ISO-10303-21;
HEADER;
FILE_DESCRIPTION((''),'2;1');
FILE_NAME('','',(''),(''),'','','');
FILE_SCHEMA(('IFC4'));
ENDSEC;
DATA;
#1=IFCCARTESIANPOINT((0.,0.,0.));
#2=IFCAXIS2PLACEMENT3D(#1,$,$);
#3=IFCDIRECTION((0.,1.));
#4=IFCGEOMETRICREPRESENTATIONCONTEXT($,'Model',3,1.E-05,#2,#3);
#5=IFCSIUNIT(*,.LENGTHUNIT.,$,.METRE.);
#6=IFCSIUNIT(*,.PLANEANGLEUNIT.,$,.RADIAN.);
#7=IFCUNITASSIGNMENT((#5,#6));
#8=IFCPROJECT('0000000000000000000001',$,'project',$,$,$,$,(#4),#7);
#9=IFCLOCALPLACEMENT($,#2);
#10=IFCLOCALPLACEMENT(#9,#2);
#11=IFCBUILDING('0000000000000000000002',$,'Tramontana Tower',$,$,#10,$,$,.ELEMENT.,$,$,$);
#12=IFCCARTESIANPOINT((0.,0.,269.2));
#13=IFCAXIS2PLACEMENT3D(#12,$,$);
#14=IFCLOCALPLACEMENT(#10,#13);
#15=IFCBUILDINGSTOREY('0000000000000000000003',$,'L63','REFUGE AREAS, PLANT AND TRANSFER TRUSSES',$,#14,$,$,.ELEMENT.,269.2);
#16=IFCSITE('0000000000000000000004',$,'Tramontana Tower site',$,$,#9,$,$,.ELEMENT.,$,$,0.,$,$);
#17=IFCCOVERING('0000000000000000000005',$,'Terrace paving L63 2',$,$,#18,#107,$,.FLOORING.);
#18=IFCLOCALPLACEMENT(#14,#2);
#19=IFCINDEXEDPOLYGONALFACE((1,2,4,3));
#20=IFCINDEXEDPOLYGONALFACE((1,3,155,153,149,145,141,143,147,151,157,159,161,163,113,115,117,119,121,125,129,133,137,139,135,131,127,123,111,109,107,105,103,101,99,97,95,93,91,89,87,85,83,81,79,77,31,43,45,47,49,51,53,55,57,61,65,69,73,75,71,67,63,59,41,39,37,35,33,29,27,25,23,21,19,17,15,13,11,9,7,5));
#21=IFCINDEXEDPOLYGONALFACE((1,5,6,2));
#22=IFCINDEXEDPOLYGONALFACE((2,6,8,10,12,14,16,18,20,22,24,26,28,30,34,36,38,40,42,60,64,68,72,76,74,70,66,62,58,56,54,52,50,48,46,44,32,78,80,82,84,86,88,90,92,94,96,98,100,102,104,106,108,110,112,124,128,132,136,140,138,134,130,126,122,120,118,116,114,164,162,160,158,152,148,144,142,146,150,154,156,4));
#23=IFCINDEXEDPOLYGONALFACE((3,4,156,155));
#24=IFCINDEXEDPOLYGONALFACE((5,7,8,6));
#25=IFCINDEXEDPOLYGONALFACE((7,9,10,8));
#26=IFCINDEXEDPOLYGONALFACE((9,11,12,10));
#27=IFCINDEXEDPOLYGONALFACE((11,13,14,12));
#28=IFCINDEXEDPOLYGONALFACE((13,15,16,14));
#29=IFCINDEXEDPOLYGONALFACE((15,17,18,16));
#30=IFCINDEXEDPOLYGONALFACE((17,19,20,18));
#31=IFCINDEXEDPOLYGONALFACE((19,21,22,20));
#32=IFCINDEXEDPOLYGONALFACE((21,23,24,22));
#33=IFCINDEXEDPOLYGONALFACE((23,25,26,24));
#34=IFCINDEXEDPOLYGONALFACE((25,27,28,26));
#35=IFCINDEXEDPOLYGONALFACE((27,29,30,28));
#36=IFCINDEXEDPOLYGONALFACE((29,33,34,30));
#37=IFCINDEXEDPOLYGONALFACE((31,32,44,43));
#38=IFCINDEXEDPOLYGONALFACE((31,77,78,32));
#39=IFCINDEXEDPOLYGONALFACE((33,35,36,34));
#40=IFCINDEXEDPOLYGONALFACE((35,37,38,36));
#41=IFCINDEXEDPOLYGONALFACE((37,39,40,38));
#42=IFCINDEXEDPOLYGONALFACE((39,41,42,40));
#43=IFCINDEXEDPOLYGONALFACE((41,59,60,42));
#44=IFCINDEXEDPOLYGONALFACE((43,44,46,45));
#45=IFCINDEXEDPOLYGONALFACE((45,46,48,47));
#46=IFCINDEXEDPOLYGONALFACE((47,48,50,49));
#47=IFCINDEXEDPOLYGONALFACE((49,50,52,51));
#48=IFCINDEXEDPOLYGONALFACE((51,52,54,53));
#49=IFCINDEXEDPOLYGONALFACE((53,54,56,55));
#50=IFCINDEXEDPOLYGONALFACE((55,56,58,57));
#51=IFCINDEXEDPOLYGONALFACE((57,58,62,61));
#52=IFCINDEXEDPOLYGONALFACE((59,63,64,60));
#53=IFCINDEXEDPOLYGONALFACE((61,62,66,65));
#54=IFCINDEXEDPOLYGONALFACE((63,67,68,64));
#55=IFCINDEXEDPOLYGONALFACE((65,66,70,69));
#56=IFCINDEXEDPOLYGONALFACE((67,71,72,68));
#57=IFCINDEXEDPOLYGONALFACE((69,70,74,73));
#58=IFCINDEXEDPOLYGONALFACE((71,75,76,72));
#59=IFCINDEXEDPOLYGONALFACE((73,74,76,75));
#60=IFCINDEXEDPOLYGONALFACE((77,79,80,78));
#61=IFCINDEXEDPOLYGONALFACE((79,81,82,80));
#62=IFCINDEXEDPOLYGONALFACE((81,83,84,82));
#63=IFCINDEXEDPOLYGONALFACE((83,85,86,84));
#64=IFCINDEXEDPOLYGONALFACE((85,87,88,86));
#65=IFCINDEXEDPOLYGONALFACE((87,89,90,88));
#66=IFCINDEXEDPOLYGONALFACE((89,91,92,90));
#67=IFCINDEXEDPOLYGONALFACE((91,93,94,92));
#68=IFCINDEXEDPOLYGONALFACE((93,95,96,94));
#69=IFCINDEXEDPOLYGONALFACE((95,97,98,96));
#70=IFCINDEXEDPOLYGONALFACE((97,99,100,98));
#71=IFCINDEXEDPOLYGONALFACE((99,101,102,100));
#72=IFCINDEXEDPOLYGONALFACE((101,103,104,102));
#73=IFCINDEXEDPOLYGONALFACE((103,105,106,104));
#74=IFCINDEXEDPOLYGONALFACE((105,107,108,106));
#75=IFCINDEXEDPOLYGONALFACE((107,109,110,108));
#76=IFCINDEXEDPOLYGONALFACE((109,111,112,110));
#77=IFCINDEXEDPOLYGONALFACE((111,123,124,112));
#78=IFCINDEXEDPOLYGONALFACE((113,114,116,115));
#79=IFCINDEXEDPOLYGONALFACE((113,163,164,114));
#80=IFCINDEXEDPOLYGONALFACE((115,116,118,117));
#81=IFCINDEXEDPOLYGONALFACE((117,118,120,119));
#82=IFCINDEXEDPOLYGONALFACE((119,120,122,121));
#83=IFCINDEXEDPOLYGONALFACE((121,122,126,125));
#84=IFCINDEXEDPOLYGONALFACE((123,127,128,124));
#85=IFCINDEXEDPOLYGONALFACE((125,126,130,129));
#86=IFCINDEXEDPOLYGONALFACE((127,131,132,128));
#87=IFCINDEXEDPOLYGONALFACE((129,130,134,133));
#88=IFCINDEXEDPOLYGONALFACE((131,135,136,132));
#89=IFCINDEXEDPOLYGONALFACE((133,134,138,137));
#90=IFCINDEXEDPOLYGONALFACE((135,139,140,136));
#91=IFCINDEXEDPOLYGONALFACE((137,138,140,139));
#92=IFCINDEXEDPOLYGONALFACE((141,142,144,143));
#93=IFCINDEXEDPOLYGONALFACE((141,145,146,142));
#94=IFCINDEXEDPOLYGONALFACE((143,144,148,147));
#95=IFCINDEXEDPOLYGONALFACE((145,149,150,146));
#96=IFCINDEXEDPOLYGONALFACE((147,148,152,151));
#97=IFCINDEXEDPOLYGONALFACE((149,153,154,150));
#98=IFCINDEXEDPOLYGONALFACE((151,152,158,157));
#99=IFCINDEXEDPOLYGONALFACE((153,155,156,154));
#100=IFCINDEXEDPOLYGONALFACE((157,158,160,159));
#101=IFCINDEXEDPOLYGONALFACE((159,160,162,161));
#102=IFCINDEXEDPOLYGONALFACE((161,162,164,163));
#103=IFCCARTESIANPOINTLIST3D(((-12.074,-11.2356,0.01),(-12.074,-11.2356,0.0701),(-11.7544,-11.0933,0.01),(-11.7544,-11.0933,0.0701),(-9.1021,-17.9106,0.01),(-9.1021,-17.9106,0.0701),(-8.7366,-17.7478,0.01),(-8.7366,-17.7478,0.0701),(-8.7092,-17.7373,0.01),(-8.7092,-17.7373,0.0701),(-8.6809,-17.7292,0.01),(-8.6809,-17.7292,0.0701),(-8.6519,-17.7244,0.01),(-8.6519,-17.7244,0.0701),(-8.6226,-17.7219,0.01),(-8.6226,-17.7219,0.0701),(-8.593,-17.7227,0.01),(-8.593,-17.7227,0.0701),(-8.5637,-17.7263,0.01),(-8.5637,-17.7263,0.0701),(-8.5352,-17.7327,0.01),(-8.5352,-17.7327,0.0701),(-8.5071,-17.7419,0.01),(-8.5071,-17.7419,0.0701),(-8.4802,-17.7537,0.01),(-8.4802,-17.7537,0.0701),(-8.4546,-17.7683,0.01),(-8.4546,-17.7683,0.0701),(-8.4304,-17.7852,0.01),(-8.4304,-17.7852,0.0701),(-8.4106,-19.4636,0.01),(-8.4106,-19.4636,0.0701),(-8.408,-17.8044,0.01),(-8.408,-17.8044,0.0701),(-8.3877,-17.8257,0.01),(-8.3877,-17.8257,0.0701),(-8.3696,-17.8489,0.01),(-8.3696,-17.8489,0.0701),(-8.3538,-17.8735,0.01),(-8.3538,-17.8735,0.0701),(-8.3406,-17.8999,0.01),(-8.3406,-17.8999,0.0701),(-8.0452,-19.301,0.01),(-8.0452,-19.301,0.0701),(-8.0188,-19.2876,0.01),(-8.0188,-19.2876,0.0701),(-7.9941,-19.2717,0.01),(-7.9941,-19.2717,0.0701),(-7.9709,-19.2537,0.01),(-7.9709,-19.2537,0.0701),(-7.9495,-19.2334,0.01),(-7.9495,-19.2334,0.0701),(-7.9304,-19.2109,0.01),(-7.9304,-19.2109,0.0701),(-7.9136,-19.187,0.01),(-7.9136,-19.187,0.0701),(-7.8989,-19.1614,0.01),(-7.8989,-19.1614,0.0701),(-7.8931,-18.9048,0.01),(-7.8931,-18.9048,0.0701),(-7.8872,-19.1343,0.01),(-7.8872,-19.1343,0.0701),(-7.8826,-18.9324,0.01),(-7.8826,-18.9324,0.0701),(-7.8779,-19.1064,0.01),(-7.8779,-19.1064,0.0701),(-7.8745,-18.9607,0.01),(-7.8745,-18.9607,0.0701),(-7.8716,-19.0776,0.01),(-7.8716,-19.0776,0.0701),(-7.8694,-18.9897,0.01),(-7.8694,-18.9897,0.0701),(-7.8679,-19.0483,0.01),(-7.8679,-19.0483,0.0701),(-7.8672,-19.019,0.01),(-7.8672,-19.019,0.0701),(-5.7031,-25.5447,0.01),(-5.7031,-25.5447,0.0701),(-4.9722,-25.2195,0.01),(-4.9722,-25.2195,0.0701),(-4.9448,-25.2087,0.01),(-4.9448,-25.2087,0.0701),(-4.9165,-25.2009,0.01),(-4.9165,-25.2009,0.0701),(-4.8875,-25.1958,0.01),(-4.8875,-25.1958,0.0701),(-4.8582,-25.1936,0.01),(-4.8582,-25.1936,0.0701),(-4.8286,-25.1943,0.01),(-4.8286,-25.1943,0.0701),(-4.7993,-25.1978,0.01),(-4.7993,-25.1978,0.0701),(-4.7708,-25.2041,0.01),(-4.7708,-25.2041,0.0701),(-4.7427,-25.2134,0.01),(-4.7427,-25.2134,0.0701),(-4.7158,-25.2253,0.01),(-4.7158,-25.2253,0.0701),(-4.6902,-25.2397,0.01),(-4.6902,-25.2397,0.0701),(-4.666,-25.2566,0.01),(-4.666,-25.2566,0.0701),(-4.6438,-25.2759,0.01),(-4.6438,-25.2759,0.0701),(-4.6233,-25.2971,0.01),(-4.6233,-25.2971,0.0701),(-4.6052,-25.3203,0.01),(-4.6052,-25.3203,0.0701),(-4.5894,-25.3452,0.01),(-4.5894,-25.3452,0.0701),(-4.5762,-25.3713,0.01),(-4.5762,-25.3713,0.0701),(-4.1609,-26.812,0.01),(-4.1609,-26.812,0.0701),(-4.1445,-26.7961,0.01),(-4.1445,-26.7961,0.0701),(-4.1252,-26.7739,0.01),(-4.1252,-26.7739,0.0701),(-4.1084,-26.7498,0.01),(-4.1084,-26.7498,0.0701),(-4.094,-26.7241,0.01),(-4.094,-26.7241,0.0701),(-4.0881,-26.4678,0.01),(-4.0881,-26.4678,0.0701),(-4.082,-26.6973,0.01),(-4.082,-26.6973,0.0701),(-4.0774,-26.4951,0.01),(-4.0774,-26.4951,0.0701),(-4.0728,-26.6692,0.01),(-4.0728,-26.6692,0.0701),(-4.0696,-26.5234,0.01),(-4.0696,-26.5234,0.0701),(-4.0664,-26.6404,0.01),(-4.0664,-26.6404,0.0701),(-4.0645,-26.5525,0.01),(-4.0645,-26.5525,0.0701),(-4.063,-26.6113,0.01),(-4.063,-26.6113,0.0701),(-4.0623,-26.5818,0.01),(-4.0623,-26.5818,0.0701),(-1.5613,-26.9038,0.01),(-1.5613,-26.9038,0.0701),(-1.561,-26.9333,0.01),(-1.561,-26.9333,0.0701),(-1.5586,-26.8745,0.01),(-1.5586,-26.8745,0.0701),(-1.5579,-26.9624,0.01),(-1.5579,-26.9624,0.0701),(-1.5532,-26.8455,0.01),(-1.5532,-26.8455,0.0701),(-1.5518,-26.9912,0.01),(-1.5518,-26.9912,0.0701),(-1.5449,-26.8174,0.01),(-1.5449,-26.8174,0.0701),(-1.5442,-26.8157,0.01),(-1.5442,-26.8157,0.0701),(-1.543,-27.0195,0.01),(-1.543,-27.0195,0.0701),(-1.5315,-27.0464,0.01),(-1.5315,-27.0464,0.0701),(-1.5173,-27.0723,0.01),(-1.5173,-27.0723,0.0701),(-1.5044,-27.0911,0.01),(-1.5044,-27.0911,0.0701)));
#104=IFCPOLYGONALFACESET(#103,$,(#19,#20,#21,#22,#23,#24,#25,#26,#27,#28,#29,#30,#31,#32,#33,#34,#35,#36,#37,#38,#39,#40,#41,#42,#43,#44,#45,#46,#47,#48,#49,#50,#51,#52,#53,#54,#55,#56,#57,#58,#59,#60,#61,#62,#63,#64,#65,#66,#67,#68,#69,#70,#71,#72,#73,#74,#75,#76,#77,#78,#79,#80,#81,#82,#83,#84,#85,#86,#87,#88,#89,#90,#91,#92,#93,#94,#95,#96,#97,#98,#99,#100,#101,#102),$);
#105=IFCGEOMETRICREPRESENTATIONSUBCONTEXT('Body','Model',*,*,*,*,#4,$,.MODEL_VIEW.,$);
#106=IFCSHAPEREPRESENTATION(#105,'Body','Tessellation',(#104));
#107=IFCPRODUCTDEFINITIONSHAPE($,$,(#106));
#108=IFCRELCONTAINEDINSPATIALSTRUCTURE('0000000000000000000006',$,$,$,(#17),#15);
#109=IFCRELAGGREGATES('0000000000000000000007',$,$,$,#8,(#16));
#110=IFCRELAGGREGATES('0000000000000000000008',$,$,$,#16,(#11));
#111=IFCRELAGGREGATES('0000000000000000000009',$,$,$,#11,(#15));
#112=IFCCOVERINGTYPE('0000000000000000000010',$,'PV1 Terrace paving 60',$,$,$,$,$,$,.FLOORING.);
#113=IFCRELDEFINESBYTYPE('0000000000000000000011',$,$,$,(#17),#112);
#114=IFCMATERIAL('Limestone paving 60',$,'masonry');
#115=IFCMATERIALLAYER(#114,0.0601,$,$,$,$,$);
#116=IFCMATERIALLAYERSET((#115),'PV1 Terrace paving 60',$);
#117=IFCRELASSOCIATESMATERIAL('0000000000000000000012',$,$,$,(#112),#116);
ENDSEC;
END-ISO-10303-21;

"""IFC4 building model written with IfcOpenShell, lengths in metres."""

from ifc_helpers import new_model, si_unit, direction, frame, origin, place, context, subcontext, project, spatial, polyline, outline, extrude, material, layer, layer_set, type_object, element, save


model = new_model("IFC4")

# Units and contexts
model_context = context("Model", 3, precision=1e-05, world=origin(), true_north=direction((0.0, 1.0)))
body_context = subcontext(model_context, "Body", "Model", "MODEL_VIEW")
ifc_project = project(units=[si_unit("LENGTHUNIT", "METRE"), si_unit("PLANEANGLEUNIT", "RADIAN")], contexts=[model_context])

# Site, building, storey
site_placement = place(None, origin())
site = spatial("IfcSite", under=ifc_project, at=site_placement, Name="Tramontana Tower site", CompositionType="ELEMENT", RefElevation=0.0)
building_placement = place(site_placement, origin())
building = spatial("IfcBuilding", under=site, at=building_placement, Name="Tramontana Tower", CompositionType="ELEMENT")
storey_placement = place(building_placement, frame((0.0, 0.0, 269.2)))
storey = spatial("IfcBuildingStorey", under=building, at=storey_placement, Name="L63", Description="REFUGE AREAS, PLANT AND TRANSFER TRUSSES", CompositionType="ELEMENT", Elevation=269.2)

# Covering
ifc_material_1 = material(Name="Limestone paving 60", Category="masonry")
ifc_layer_1 = layer(ifc_material_1, 0.0601)
ifc_layer_set_1 = layer_set([ifc_layer_1], Name="PV1 Terrace paving 60")
covering_type_1 = type_object("IfcCoveringType", Name="PV1 Terrace paving 60", PredefinedType="FLOORING", material=ifc_layer_set_1)
covering_1_placement = place(storey_placement, frame((0.0, 0.0, 0.01)))
element("IfcCovering", 1, at=covering_1_placement, inside=storey, type_object=covering_type_1, Name="Terrace paving L63 2", PredefinedType="FLOORING", context=body_context, shape_type="SweptSolid", body=[
    extrude(outline(polyline([(-4.1609, -26.812), (-4.1445, -26.7961), (-4.1252, -26.7739), (-4.1084, -26.7498), (-4.094, -26.7241), (-4.082, -26.6973), (-4.0728, -26.6692), (-4.0664, -26.6404), (-4.063, -26.6113), (-4.0623, -26.5818), (-4.0645, -26.5525), (-4.0696, -26.5234), (-4.0774, -26.4951), (-4.0881, -26.4678), (-4.5762, -25.3713), (-4.5894, -25.3452), (-4.6052, -25.3203), (-4.6233, -25.2971), (-4.6438, -25.2759), (-4.666, -25.2566), (-4.6902, -25.2397), (-4.7158, -25.2253), (-4.7427, -25.2134), (-4.7708, -25.2041), (-4.7993, -25.1978), (-4.8286, -25.1943), (-4.8582, -25.1936), (-4.8875, -25.1958), (-4.9165, -25.2009), (-4.9448, -25.2087), (-4.9722, -25.2195), (-5.7031, -25.5447), (-8.4106, -19.4636), (-8.0452, -19.301), (-8.0188, -19.2876), (-7.9941, -19.2717), (-7.9709, -19.2537), (-7.9495, -19.2334), (-7.9304, -19.2109), (-7.9136, -19.187), (-7.8989, -19.1614), (-7.8872, -19.1343), (-7.8779, -19.1064), (-7.8716, -19.0776), (-7.8679, -19.0483), (-7.8672, -19.019), (-7.8694, -18.9897), (-7.8745, -18.9607), (-7.8826, -18.9324), (-7.8931, -18.9048), (-8.3406, -17.8999), (-8.3538, -17.8735), (-8.3696, -17.8489), (-8.3877, -17.8257), (-8.408, -17.8044), (-8.4304, -17.7852), (-8.4546, -17.7683), (-8.4802, -17.7537), (-8.5071, -17.7419), (-8.5352, -17.7327), (-8.5637, -17.7263), (-8.593, -17.7227), (-8.6226, -17.7219), (-8.6519, -17.7244), (-8.6809, -17.7292), (-8.7092, -17.7373), (-8.7366, -17.7478), (-9.1021, -17.9106), (-12.074, -11.2356), (-11.7544, -11.0933), (-1.5442, -26.8157), (-1.5449, -26.8174), (-1.5532, -26.8455), (-1.5586, -26.8745), (-1.5613, -26.9038), (-1.561, -26.9333), (-1.5579, -26.9624), (-1.5518, -26.9912), (-1.543, -27.0195), (-1.5315, -27.0464), (-1.5173, -27.0723), (-1.5044, -27.0911), (-4.1609, -26.812)])), origin(), (0.0, 0.0, 1.0), 0.0601),
])

save(model, "model.ifc")
